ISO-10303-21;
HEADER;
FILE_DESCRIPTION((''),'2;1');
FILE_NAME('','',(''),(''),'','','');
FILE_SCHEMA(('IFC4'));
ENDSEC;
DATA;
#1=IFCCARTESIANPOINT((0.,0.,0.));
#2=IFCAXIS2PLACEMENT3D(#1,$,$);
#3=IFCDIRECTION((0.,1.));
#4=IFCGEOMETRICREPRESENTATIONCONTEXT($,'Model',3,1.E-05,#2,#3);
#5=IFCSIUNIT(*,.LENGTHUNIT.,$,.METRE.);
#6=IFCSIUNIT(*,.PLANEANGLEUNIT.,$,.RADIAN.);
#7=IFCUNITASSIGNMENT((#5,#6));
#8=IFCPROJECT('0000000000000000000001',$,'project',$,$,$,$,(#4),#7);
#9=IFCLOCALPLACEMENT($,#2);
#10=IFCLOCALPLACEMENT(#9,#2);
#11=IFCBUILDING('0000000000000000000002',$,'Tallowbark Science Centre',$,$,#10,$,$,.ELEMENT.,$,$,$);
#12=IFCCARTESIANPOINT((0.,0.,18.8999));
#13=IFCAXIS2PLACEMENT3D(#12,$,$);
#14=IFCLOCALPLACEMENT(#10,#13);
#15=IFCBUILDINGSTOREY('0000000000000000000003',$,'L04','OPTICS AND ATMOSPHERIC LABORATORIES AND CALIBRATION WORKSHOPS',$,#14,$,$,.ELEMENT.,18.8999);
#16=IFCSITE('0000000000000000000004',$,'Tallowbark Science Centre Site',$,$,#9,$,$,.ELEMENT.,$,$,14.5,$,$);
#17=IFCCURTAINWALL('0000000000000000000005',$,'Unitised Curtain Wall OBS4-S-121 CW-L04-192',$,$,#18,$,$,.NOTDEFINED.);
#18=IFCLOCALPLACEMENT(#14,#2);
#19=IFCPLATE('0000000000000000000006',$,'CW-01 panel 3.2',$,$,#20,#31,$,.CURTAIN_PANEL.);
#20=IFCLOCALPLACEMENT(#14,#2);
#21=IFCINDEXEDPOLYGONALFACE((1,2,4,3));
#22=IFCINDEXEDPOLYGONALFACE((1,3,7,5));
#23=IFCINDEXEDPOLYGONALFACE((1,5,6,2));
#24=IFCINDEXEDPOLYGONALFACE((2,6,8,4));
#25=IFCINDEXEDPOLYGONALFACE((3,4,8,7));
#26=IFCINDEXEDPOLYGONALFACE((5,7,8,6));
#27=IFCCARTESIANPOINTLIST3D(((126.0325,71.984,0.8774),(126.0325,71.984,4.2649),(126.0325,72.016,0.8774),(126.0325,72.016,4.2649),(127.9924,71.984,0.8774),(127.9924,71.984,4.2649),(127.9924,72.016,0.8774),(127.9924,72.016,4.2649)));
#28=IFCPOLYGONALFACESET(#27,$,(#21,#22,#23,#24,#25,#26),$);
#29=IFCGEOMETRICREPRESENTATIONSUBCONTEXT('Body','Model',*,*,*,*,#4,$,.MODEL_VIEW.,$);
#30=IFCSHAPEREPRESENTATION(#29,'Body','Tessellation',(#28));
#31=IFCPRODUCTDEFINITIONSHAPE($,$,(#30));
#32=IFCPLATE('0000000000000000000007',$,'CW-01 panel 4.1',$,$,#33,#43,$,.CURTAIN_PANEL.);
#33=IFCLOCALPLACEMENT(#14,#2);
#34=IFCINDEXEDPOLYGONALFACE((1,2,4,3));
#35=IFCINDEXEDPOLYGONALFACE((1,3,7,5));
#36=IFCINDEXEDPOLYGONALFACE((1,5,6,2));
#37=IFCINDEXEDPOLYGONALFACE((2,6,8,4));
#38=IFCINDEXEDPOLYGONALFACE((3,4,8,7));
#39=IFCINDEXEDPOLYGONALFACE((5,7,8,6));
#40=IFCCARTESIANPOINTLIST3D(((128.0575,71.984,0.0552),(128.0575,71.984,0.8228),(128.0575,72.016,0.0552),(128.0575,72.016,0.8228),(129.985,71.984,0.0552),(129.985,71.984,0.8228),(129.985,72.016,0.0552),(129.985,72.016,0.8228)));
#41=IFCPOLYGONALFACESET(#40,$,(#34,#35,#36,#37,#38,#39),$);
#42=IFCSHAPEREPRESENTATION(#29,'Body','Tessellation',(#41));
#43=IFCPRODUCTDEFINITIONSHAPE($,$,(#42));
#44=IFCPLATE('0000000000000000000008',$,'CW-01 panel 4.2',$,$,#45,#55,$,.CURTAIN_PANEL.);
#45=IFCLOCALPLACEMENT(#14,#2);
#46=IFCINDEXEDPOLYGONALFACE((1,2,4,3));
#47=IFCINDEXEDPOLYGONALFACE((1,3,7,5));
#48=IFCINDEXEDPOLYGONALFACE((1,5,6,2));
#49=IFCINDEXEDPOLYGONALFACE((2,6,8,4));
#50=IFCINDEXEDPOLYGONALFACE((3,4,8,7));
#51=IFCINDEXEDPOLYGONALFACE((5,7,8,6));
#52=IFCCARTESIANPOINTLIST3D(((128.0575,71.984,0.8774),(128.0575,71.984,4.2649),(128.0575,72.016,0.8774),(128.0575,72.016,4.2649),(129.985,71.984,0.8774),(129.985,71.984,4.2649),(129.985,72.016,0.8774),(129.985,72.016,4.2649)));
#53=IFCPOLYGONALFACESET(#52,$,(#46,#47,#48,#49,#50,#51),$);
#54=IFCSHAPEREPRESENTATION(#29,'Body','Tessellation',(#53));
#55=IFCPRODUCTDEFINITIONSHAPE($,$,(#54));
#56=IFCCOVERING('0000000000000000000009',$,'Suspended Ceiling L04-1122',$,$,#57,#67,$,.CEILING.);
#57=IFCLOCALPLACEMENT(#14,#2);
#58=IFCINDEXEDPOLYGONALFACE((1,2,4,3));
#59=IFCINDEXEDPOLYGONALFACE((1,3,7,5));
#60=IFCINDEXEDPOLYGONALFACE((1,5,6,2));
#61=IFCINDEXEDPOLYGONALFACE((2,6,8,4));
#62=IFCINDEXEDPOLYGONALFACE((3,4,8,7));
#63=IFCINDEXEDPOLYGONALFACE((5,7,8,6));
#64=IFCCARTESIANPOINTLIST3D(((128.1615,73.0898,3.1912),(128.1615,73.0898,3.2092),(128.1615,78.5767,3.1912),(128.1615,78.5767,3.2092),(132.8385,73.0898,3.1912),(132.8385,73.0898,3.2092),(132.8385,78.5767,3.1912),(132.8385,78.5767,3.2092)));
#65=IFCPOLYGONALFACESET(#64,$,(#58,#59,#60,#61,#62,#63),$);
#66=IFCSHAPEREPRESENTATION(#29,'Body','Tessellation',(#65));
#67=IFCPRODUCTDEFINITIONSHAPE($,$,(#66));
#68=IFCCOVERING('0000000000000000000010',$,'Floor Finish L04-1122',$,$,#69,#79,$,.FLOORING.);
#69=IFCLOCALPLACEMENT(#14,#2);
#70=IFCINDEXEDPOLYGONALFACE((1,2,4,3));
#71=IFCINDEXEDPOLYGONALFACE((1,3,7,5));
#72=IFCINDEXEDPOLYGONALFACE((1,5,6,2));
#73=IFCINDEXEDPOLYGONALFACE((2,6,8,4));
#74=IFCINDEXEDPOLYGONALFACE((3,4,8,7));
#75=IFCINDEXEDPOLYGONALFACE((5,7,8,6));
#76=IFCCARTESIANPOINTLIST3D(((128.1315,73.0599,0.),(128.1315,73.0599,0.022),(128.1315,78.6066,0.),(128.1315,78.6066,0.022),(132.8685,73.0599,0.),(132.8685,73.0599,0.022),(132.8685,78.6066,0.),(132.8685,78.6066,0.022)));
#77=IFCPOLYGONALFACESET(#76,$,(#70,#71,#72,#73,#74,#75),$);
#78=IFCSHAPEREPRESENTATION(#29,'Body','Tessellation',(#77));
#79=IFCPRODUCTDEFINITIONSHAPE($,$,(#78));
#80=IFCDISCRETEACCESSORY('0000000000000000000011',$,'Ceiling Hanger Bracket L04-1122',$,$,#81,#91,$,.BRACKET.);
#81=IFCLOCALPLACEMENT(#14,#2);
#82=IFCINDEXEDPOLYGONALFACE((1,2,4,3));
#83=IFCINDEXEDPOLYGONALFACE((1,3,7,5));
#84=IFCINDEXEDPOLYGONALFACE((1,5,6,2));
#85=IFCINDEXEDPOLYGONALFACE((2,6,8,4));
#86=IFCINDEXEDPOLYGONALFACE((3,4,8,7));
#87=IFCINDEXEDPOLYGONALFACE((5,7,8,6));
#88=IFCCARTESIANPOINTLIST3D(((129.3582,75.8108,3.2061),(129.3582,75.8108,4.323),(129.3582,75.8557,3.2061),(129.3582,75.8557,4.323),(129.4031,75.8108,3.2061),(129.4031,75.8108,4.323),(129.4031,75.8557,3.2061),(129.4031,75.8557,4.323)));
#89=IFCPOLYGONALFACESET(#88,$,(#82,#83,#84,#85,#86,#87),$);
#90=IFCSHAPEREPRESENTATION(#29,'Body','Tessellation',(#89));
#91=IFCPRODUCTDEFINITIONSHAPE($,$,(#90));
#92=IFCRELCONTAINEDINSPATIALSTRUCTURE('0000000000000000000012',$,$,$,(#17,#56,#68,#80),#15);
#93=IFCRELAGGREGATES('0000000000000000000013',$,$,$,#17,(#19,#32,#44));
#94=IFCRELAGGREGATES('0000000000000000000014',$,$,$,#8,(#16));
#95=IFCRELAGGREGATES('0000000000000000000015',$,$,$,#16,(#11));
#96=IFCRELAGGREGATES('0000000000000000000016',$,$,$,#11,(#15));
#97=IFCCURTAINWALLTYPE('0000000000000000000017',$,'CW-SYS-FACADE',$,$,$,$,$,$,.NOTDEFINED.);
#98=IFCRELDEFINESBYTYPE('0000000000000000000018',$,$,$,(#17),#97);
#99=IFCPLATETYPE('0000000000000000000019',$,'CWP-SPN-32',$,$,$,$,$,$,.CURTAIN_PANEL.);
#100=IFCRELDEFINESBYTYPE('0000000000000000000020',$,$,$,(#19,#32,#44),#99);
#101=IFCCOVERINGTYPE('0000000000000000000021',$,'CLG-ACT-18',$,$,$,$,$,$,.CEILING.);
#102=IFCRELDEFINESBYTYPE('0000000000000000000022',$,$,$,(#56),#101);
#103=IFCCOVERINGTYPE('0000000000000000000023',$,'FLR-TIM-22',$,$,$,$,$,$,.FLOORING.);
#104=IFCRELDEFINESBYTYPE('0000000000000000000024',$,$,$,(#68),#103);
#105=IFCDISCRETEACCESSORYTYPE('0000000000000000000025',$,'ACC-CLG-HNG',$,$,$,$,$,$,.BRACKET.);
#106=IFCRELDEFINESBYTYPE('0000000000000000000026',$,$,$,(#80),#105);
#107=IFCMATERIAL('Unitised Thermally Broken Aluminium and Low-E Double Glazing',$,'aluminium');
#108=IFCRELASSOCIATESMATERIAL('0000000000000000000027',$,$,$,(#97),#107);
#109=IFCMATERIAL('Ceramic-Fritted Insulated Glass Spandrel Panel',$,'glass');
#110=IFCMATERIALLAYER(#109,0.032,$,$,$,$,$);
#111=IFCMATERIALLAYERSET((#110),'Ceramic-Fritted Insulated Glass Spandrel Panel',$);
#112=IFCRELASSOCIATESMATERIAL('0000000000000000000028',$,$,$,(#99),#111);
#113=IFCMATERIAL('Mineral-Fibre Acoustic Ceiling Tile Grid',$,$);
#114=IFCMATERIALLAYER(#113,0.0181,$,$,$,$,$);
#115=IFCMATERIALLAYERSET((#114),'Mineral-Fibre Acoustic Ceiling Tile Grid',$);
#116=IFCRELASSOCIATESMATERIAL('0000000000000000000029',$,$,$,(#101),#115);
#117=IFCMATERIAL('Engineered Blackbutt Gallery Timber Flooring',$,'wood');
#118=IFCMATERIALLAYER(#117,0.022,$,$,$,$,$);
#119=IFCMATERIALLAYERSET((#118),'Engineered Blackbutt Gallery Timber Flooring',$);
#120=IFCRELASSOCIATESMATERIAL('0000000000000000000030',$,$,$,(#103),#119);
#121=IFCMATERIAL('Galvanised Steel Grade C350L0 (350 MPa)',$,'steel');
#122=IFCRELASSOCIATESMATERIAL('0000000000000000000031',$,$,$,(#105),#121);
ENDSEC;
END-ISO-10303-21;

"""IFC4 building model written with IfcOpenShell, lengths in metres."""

from ifc_helpers import new_model, si_unit, direction, frame, origin, origin_2d, place, context, subcontext, project, spatial, rectangle, extrude, material, layer, layer_set, type_object, element, aggregate, save


model = new_model("IFC4")

# Units and contexts
model_context = context("Model", 3, precision=1e-05, world=origin(), true_north=direction((0.0, 1.0)))
body_context = subcontext(model_context, "Body", "Model", "MODEL_VIEW")
ifc_project = project(units=[si_unit("LENGTHUNIT", "METRE"), si_unit("PLANEANGLEUNIT", "RADIAN")], contexts=[model_context])

# Site, building, storey
site_placement = place(None, origin())
site = spatial("IfcSite", under=ifc_project, at=site_placement, Name="Tallowbark Science Centre Site", CompositionType="ELEMENT", RefElevation=14.5)
building_placement = place(site_placement, origin())
building = spatial("IfcBuilding", under=site, at=building_placement, Name="Tallowbark Science Centre", CompositionType="ELEMENT")
storey_placement = place(building_placement, frame((0.0, 0.0, 18.8999)))
storey = spatial("IfcBuildingStorey", under=building, at=storey_placement, Name="L04", Description="OPTICS AND ATMOSPHERIC LABORATORIES AND CALIBRATION WORKSHOPS", CompositionType="ELEMENT", Elevation=18.8999)

# Curtain wall
ifc_material_1 = material(Name="Unitised Thermally Broken Aluminium and Low-E Double Glazing", Category="aluminium")
curtain_wall_type = type_object("IfcCurtainWallType", Name="CW-SYS-FACADE", PredefinedType="NOTDEFINED", material=ifc_material_1)
curtain_wall_1_placement = place(storey_placement, origin())
curtain_wall_1 = element("IfcCurtainWall", 1, at=curtain_wall_1_placement, inside=storey, type_object=curtain_wall_type, Name="Unitised Curtain Wall OBS4-S-121 CW-L04-192", PredefinedType="NOTDEFINED")

# Plates
ifc_material_2 = material(Name="Ceramic-Fritted Insulated Glass Spandrel Panel", Category="glass")
ifc_layer_1 = layer(ifc_material_2, 0.032)
ifc_layer_set_1 = layer_set([ifc_layer_1], Name="Ceramic-Fritted Insulated Glass Spandrel Panel")
plate_type = type_object("IfcPlateType", Name="CWP-SPN-32", PredefinedType="CURTAIN_PANEL", material=ifc_layer_set_1)
plate_1_placement = place(storey_placement, frame((127.0125, 72.0, 0.8774), z_axis=(0.0, 0.0, 1.0), x_axis=(1.0, 0.0, 0.0)))
plate_1 = element("IfcPlate", 2, at=plate_1_placement, type_object=plate_type, Name="CW-01 panel 3.2", PredefinedType="CURTAIN_PANEL", context=body_context, shape_type="SweptSolid", body=[
    extrude(rectangle(XDim=1.96, YDim=0.032, at=origin_2d()), origin(), (0.0, 0.0, 1.0), 3.3875),
])
plate_2_placement = place(storey_placement, frame((129.0212, 72.0, 0.0552), z_axis=(0.0, 0.0, 1.0), x_axis=(1.0, 0.0, 0.0)))
plate_2 = element("IfcPlate", 3, at=plate_2_placement, type_object=plate_type, Name="CW-01 panel 4.1", PredefinedType="CURTAIN_PANEL", context=body_context, shape_type="SweptSolid", body=[
    extrude(rectangle(XDim=1.9275, YDim=0.032, at=origin_2d()), origin(), (0.0, 0.0, 1.0), 0.7676),
])
plate_3_placement = place(storey_placement, frame((129.0212, 72.0, 0.8774), z_axis=(0.0, 0.0, 1.0), x_axis=(1.0, 0.0, 0.0)))
plate_3 = element("IfcPlate", 4, at=plate_3_placement, type_object=plate_type, Name="CW-01 panel 4.2", PredefinedType="CURTAIN_PANEL", context=body_context, shape_type="SweptSolid", body=[
    extrude(rectangle(XDim=1.9275, YDim=0.032, at=origin_2d()), origin(), (0.0, 0.0, 1.0), 3.3875),
])
aggregate(curtain_wall_1, [plate_1, plate_2, plate_3])

# Coverings
ifc_material_3 = material(Name="Mineral-Fibre Acoustic Ceiling Tile Grid")
ifc_layer_2 = layer(ifc_material_3, 0.0181)
ifc_layer_set_2 = layer_set([ifc_layer_2], Name="Mineral-Fibre Acoustic Ceiling Tile Grid")
covering_type_1 = type_object("IfcCoveringType", Name="CLG-ACT-18", PredefinedType="CEILING", material=ifc_layer_set_2)
covering_1_placement = place(storey_placement, frame((130.5, 75.8333, 3.1912), z_axis=(0.0, 0.0, 1.0), x_axis=(1.0, 0.0, 0.0)))
element("IfcCovering", 5, at=covering_1_placement, inside=storey, type_object=covering_type_1, Name="Suspended Ceiling L04-1122", PredefinedType="CEILING", context=body_context, shape_type="SweptSolid", body=[
    extrude(rectangle(XDim=4.677, YDim=5.4868, at=origin_2d()), origin(), (0.0, 0.0, 1.0), 0.0181),
])
ifc_material_4 = material(Name="Engineered Blackbutt Gallery Timber Flooring", Category="wood")
ifc_layer_3 = layer(ifc_material_4, 0.022)
ifc_layer_set_3 = layer_set([ifc_layer_3], Name="Engineered Blackbutt Gallery Timber Flooring")
covering_type_2 = type_object("IfcCoveringType", Name="FLR-TIM-22", PredefinedType="FLOORING", material=ifc_layer_set_3)
covering_2_placement = place(storey_placement, frame((130.5, 75.8333, 0.0), z_axis=(0.0, 0.0, 1.0), x_axis=(1.0, 0.0, 0.0)))
element("IfcCovering", 6, at=covering_2_placement, inside=storey, type_object=covering_type_2, Name="Floor Finish L04-1122", PredefinedType="FLOORING", context=body_context, shape_type="SweptSolid", body=[
    extrude(rectangle(XDim=4.7371, YDim=5.5466, at=origin_2d()), origin(), (0.0, 0.0, 1.0), 0.022),
])

# Discrete accessory
ifc_material_5 = material(Name="Galvanised Steel Grade C350L0 (350 MPa)", Category="steel")
discrete_accessory_type = type_object("IfcDiscreteAccessoryType", Name="ACC-CLG-HNG", PredefinedType="BRACKET", material=ifc_material_5)
discrete_accessory_placement = place(storey_placement, frame((129.3806, 75.8333, 3.2061), z_axis=(0.0, 0.0, 1.0), x_axis=(1.0, 0.0, 0.0)))
element("IfcDiscreteAccessory", 7, at=discrete_accessory_placement, inside=storey, type_object=discrete_accessory_type, Name="Ceiling Hanger Bracket L04-1122", PredefinedType="BRACKET", context=body_context, shape_type="SweptSolid", body=[
    extrude(rectangle(XDim=0.0449, YDim=0.0449, at=origin_2d()), origin(), (0.0, 0.0, 1.0), 1.1169),
])

save(model, "model.ifc")
